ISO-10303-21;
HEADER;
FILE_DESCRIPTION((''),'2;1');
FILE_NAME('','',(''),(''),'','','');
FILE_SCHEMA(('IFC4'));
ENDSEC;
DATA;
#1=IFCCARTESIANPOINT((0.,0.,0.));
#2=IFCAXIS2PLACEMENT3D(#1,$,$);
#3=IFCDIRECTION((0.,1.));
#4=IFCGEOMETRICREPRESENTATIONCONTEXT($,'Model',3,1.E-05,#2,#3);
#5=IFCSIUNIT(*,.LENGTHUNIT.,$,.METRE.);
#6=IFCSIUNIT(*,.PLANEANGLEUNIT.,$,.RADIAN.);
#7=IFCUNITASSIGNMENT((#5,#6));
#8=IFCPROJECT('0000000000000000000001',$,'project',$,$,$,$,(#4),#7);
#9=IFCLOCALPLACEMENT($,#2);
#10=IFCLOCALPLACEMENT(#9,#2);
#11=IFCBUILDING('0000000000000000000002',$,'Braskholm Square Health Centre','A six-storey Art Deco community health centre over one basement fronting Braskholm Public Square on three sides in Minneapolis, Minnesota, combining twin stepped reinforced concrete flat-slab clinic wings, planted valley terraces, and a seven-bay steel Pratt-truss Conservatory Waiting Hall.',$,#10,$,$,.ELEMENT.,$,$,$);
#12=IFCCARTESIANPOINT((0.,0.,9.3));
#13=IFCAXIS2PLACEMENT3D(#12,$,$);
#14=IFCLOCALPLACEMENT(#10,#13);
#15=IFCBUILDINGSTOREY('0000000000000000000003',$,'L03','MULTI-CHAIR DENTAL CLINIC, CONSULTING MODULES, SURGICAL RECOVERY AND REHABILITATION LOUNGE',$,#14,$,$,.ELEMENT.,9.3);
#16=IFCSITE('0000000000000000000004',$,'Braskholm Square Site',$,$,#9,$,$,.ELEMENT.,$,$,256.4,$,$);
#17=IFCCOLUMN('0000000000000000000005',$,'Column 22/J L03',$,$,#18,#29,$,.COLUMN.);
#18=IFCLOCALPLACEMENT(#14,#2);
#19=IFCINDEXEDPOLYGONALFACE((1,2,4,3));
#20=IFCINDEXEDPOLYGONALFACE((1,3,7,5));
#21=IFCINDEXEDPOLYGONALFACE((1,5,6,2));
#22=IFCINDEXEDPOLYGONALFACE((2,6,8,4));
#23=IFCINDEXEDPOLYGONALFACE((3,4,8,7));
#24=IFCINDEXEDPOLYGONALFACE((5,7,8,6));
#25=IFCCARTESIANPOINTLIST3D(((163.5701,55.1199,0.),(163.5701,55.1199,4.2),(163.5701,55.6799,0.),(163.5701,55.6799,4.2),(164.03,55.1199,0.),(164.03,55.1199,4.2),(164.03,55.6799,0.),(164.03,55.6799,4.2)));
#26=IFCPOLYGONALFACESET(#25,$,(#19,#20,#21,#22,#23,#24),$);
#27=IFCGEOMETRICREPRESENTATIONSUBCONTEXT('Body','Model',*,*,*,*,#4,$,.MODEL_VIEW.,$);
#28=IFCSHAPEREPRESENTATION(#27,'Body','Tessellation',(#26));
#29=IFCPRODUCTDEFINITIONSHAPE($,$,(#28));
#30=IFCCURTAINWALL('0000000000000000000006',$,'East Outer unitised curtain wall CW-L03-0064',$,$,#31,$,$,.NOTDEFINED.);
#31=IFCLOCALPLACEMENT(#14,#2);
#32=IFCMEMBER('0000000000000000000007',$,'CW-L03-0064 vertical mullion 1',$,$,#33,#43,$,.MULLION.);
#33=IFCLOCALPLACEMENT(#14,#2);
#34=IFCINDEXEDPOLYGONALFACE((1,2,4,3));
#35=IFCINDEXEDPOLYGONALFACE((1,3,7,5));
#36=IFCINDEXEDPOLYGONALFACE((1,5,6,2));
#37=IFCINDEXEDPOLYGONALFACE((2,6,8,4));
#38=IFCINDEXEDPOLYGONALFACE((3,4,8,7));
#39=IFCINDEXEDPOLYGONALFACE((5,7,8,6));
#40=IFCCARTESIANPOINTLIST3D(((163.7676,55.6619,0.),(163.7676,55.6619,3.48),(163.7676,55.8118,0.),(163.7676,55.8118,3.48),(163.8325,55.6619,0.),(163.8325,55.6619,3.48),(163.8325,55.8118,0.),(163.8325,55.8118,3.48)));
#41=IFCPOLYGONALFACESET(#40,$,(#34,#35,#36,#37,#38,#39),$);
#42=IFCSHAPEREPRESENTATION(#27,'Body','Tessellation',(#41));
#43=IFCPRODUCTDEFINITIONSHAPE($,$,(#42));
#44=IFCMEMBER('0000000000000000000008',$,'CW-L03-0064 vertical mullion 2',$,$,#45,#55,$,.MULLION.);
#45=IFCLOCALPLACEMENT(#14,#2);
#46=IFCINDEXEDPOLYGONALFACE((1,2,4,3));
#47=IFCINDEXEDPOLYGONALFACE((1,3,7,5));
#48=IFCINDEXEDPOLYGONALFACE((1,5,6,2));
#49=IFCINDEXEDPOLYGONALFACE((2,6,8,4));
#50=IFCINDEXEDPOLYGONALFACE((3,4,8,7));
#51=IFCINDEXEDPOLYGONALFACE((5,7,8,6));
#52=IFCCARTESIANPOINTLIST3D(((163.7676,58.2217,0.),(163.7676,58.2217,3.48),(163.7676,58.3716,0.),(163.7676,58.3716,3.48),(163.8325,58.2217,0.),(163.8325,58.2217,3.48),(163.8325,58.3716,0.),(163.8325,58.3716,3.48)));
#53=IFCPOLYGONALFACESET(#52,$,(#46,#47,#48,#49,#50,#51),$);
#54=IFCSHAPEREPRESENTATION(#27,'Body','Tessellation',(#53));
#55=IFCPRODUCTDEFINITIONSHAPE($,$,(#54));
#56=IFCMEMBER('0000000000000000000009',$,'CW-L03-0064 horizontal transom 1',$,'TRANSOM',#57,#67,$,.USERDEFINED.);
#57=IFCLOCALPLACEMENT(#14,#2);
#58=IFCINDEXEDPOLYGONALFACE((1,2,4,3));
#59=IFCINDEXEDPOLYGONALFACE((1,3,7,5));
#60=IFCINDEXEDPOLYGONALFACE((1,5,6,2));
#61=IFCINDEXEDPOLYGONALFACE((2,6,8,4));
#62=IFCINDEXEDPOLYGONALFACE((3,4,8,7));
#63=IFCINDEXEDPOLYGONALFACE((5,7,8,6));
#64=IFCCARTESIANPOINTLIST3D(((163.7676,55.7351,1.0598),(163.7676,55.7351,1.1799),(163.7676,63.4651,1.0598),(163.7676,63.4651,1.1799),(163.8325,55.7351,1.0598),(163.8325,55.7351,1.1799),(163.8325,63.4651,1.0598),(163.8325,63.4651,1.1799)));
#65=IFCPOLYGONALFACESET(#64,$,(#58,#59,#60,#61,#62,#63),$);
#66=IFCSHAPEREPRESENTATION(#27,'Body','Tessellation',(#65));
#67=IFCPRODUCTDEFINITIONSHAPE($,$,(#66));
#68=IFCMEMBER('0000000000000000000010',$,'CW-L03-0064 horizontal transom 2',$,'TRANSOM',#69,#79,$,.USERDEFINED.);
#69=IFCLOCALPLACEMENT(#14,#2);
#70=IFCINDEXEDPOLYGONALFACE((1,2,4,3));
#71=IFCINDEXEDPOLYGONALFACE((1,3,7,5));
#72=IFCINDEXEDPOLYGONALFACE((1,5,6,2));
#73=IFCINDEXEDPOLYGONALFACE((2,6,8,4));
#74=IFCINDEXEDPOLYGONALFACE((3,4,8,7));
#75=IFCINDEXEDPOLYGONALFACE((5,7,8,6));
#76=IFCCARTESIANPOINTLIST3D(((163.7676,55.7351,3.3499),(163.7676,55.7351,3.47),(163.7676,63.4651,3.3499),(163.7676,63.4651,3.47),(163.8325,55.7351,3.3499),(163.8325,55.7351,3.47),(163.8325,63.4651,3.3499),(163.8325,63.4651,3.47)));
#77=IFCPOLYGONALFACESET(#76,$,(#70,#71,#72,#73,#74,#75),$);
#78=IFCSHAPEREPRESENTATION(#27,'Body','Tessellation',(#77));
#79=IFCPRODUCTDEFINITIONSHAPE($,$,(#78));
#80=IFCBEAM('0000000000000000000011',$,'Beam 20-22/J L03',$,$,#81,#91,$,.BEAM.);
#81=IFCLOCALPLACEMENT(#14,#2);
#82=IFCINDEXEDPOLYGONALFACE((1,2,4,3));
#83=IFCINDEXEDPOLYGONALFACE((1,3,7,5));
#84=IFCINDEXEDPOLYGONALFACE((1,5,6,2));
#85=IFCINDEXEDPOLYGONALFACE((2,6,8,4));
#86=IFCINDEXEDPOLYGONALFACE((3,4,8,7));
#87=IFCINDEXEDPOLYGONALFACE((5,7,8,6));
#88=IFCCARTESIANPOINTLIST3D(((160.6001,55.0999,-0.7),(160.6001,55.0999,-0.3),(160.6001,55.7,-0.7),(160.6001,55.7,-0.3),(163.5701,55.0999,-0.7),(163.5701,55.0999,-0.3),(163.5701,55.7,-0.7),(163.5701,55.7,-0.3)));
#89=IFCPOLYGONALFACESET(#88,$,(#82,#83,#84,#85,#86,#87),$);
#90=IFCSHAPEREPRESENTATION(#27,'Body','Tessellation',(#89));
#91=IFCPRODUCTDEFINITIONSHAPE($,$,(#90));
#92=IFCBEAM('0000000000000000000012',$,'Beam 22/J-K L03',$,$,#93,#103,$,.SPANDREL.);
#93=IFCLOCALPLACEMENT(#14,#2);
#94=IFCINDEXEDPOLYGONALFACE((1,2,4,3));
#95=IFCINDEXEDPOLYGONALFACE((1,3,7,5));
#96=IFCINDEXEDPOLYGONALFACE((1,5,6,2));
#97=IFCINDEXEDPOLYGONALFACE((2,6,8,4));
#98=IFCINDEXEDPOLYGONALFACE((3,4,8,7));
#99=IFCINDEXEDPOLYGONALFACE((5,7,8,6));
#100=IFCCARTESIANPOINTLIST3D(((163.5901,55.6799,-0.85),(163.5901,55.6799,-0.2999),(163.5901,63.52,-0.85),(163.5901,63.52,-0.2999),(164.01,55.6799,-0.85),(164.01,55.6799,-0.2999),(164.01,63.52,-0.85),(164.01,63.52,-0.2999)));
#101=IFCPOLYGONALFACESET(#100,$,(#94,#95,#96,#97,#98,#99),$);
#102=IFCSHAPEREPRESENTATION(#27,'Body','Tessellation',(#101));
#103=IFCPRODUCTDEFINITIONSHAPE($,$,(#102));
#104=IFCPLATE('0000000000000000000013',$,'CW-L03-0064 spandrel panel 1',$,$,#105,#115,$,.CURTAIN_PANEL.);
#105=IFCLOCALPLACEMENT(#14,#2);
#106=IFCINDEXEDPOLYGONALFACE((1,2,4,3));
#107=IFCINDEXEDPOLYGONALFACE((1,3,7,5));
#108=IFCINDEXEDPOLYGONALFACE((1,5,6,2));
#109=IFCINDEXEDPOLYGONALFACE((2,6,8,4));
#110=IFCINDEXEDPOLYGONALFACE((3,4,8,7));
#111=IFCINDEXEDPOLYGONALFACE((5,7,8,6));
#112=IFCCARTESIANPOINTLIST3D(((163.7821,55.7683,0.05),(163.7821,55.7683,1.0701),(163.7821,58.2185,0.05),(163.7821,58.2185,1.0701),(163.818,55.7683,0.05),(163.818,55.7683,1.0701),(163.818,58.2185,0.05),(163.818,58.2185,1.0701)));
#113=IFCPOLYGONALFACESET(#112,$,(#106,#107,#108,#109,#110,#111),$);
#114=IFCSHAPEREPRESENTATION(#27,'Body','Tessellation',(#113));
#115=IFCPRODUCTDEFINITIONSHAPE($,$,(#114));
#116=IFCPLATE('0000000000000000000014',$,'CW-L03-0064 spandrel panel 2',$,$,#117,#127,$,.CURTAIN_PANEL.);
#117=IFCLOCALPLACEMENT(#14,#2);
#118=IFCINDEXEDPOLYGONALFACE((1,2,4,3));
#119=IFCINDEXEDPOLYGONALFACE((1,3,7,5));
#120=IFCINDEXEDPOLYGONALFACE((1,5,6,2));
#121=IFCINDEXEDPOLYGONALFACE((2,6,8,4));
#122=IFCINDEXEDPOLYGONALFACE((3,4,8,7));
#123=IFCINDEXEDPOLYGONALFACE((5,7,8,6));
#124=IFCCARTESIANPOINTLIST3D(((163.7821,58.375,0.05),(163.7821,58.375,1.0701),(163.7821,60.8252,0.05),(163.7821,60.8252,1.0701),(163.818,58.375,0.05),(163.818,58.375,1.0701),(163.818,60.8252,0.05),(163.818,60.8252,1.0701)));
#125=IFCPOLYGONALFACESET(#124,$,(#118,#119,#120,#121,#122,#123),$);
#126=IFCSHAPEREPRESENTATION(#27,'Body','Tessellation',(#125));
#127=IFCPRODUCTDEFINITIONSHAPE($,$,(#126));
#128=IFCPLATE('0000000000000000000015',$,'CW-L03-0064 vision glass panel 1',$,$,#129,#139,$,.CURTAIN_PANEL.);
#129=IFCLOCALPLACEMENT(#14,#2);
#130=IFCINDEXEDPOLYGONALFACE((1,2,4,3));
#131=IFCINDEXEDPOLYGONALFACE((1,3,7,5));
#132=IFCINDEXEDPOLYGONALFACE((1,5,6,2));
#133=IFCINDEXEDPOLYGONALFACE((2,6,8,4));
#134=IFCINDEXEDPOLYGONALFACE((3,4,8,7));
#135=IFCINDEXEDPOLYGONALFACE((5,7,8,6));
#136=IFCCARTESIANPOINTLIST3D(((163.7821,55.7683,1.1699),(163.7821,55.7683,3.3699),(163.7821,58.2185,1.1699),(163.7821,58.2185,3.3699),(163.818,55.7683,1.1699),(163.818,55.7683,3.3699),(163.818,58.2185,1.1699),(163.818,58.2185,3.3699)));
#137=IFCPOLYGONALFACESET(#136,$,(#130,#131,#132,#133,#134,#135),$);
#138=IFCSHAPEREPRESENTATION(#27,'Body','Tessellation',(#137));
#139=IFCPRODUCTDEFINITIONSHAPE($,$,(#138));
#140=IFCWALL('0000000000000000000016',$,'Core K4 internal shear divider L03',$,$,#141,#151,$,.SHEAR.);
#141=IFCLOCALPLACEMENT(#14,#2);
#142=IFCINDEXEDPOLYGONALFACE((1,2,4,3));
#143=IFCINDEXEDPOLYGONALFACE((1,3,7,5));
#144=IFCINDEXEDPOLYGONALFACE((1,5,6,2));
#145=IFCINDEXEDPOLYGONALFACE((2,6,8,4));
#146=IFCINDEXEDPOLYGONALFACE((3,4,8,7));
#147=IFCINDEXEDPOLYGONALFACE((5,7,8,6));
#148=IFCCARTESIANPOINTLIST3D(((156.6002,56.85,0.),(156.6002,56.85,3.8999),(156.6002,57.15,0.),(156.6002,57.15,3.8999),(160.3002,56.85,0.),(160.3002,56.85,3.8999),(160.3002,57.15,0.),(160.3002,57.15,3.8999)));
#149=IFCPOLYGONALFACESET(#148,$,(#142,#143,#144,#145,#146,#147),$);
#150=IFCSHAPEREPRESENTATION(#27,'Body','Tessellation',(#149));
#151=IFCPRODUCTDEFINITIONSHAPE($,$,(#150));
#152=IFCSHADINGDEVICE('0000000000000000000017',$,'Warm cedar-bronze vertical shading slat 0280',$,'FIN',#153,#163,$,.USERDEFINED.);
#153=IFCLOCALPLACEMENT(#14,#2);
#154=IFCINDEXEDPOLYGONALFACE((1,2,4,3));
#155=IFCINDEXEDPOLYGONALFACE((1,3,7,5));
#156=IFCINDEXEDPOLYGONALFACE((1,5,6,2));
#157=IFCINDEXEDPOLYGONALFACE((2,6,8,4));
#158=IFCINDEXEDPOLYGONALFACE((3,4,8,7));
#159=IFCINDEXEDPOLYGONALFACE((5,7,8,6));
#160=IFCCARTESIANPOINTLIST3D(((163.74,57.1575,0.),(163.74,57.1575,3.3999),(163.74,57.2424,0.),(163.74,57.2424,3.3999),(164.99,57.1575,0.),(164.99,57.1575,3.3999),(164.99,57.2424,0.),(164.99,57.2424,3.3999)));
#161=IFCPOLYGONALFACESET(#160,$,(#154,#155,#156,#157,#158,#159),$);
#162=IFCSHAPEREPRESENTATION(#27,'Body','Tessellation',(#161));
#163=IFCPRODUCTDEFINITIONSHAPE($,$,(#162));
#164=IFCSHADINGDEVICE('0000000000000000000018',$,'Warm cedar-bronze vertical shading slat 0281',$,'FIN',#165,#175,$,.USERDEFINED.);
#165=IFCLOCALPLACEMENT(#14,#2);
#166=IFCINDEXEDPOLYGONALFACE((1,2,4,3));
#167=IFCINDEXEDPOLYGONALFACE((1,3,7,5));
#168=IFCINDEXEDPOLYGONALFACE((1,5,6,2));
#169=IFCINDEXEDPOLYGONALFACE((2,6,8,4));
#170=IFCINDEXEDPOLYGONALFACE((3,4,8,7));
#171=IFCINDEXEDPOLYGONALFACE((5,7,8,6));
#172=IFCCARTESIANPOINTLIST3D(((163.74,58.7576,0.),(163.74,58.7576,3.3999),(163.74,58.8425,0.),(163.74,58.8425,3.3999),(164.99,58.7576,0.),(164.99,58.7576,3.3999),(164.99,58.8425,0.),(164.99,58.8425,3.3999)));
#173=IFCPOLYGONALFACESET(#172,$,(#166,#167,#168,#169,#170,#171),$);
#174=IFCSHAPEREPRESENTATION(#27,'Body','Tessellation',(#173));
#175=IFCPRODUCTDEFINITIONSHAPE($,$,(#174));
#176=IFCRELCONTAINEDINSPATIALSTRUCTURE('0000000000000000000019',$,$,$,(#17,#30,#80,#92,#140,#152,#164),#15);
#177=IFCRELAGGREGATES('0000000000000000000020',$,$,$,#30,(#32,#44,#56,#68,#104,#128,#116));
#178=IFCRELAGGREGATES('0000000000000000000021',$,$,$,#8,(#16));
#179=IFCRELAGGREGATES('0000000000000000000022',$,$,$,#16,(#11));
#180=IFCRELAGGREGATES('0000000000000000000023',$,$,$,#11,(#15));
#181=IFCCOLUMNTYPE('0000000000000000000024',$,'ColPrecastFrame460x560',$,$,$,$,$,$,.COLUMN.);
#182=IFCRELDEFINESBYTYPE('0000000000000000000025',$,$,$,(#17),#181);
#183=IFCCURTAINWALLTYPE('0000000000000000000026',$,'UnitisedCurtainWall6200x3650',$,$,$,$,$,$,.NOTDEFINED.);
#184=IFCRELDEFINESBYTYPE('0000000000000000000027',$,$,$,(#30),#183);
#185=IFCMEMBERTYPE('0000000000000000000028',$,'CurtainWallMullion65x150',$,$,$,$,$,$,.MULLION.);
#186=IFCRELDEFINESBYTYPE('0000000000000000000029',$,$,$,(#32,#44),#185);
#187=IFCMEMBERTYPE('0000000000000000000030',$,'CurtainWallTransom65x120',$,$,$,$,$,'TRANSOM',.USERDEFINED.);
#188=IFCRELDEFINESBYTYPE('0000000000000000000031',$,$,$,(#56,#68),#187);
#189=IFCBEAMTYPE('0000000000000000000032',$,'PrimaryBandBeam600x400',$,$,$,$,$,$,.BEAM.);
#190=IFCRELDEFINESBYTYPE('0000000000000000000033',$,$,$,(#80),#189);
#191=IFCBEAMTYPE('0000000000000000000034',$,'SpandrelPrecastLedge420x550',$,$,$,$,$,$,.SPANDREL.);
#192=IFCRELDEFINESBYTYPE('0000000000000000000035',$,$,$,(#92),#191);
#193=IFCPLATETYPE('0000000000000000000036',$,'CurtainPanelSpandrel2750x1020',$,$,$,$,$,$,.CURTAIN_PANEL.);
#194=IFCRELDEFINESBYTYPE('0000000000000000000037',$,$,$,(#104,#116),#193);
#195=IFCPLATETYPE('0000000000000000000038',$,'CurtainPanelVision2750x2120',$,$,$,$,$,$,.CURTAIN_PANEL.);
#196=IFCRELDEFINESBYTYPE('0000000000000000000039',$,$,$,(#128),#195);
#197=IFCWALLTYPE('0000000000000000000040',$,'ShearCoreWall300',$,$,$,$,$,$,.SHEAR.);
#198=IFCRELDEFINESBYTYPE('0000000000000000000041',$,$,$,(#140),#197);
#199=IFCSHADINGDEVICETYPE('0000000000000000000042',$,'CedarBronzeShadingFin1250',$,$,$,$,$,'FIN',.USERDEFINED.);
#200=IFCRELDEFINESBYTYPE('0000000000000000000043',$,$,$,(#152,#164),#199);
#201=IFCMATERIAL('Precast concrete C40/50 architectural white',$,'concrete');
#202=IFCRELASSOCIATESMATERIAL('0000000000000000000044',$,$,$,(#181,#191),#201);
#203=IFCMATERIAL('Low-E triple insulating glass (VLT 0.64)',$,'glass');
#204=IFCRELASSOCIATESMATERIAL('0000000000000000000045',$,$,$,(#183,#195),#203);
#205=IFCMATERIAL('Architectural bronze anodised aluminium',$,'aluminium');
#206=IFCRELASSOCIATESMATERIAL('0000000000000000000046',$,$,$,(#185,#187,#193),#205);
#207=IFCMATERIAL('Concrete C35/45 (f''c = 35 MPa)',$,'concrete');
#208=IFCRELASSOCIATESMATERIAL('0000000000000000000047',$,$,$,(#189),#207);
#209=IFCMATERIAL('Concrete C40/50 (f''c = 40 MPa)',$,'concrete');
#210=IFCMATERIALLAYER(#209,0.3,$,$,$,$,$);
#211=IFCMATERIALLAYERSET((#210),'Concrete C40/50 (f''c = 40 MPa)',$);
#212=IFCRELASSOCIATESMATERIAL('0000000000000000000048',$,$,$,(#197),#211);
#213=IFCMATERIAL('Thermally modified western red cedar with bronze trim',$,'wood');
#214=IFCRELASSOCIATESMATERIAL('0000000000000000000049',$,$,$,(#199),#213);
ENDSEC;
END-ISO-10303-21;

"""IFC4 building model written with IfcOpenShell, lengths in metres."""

from ifc_helpers import new_model, si_unit, direction, frame, frame_2d, origin, origin_2d, place, context, subcontext, project, spatial, rectangle, extrude, material, layer, layer_set, material_profile, profile_set, type_object, element, aggregate, save


model = new_model("IFC4")

# Units and contexts
model_context = context("Model", 3, precision=1e-05, world=origin(), true_north=direction((0.0, 1.0)))
body_context = subcontext(model_context, "Body", "Model", "MODEL_VIEW")
ifc_project = project(units=[si_unit("LENGTHUNIT", "METRE"), si_unit("PLANEANGLEUNIT", "RADIAN")], contexts=[model_context])

# Site, building, storey
site_placement = place(None, origin())
site = spatial("IfcSite", under=ifc_project, at=site_placement, Name="Braskholm Square Site", CompositionType="ELEMENT", RefElevation=256.4)
building_placement = place(site_placement, origin())
building = spatial("IfcBuilding", under=site, at=building_placement, Name="Braskholm Square Health Centre", Description="A six-storey Art Deco community health centre over one basement fronting Braskholm Public Square on three sides in Minneapolis, Minnesota, combining twin stepped reinforced concrete flat-slab clinic wings, planted valley terraces, and a seven-bay steel Pratt-truss Conservatory Waiting Hall.", CompositionType="ELEMENT")
storey_placement = place(building_placement, frame((0.0, 0.0, 9.3)))
storey = spatial("IfcBuildingStorey", under=building, at=storey_placement, Name="L03", Description="MULTI-CHAIR DENTAL CLINIC, CONSULTING MODULES, SURGICAL RECOVERY AND REHABILITATION LOUNGE", CompositionType="ELEMENT", Elevation=9.3)

# Column
ifc_material_1 = material(Name="Precast concrete C40/50 architectural white", Category="concrete")
ifc_material_profile_1 = material_profile(ifc_material_1, rectangle(XDim=0.46, YDim=0.5601, at=origin_2d()), Name="RC-460X560")
ifc_profile_set_1 = profile_set([ifc_material_profile_1], Name="Precast concrete C40/50 architectural white")
column_type = type_object("IfcColumnType", Name="ColPrecastFrame460x560", PredefinedType="COLUMN", material=ifc_profile_set_1)
column_placement = place(storey_placement, frame((163.8, 55.3999, 0.0), z_axis=(0.0, 0.0, 1.0), x_axis=(1.0, 0.0, 0.0)))
element("IfcColumn", 1, at=column_placement, inside=storey, type_object=column_type, Name="Column 22/J L03", PredefinedType="COLUMN", context=body_context, shape_type="SweptSolid", body=[
    extrude(rectangle(XDim=0.46, YDim=0.5601, at=origin_2d()), origin(), (0.0, 0.0, 1.0), 4.2),
])

# Curtain wall, members
ifc_material_2 = material(Name="Low-E triple insulating glass (VLT 0.64)", Category="glass")
curtain_wall_type = type_object("IfcCurtainWallType", Name="UnitisedCurtainWall6200x3650", PredefinedType="NOTDEFINED", material=ifc_material_2)
curtain_wall_placement = place(storey_placement, origin())
curtain_wall = element("IfcCurtainWall", 2, at=curtain_wall_placement, inside=storey, type_object=curtain_wall_type, Name="East Outer unitised curtain wall CW-L03-0064", PredefinedType="NOTDEFINED")
ifc_material_3 = material(Name="Architectural bronze anodised aluminium", Category="aluminium")
ifc_material_profile_2 = material_profile(ifc_material_3, rectangle(XDim=0.0649, YDim=0.1499, at=origin_2d()), Name="ALU-65X150")
ifc_profile_set_2 = profile_set([ifc_material_profile_2], Name="Architectural bronze anodised aluminium")
member_type_1 = type_object("IfcMemberType", Name="CurtainWallMullion65x150", PredefinedType="MULLION", material=ifc_profile_set_2)
member_1_placement = place(storey_placement, frame((163.8, 55.7368, 0.0), z_axis=(0.0, 0.0, 1.0), x_axis=(1.0, 0.0, 0.0)))
member_1 = element("IfcMember", 3, at=member_1_placement, type_object=member_type_1, Name="CW-L03-0064 vertical mullion 1", PredefinedType="MULLION", context=body_context, shape_type="SweptSolid", body=[
    extrude(rectangle(XDim=0.0649, YDim=0.1499, at=origin_2d()), origin(), (0.0, 0.0, 1.0), 3.48),
])
member_2_placement = place(storey_placement, frame((163.8, 58.2966, 0.0), z_axis=(0.0, 0.0, 1.0), x_axis=(1.0, 0.0, 0.0)))
member_2 = element("IfcMember", 4, at=member_2_placement, type_object=member_type_1, Name="CW-L03-0064 vertical mullion 2", PredefinedType="MULLION", context=body_context, shape_type="SweptSolid", body=[
    extrude(rectangle(XDim=0.0649, YDim=0.1499, at=origin_2d()), origin(), (0.0, 0.0, 1.0), 3.48),
])
ifc_material_profile_3 = material_profile(ifc_material_3, rectangle(XDim=0.0649, YDim=0.1201, at=origin_2d()), Name="ALU-65X120")
ifc_profile_set_3 = profile_set([ifc_material_profile_3], Name="Architectural bronze anodised aluminium")
member_type_2 = type_object("IfcMemberType", Name="CurtainWallTransom65x120", ElementType="TRANSOM", PredefinedType="USERDEFINED", material=ifc_profile_set_3)
member_3_placement = place(storey_placement, frame((163.8, 55.7351, 1.1199), z_axis=(0.0, 1.0, 0.0), x_axis=(-1.0, 0.0, 0.0)))
member_3 = element("IfcMember", 5, at=member_3_placement, type_object=member_type_2, Name="CW-L03-0064 horizontal transom 1", ObjectType="TRANSOM", PredefinedType="USERDEFINED", context=body_context, shape_type="SweptSolid", body=[
    extrude(rectangle(XDim=0.0649, YDim=0.1201, at=origin_2d()), origin(), (0.0, 0.0, 1.0), 7.73),
])
member_4_placement = place(storey_placement, frame((163.8, 55.7351, 3.4099), z_axis=(0.0, 1.0, 0.0), x_axis=(-1.0, 0.0, 0.0)))
member_4 = element("IfcMember", 6, at=member_4_placement, type_object=member_type_2, Name="CW-L03-0064 horizontal transom 2", ObjectType="TRANSOM", PredefinedType="USERDEFINED", context=body_context, shape_type="SweptSolid", body=[
    extrude(rectangle(XDim=0.0649, YDim=0.1201, at=origin_2d()), origin(), (0.0, 0.0, 1.0), 7.73),
])

# Beams
ifc_material_4 = material(Name="Concrete C35/45 (f'c = 35 MPa)", Category="concrete")
ifc_material_profile_4 = material_profile(ifc_material_4, rectangle(XDim=0.6001, YDim=0.3999, at=origin_2d()), Name="RCB-600X400")
ifc_profile_set_4 = profile_set([ifc_material_profile_4], Name="Concrete C35/45 (f'c = 35 MPa)")
beam_type_1 = type_object("IfcBeamType", Name="PrimaryBandBeam600x400", PredefinedType="BEAM", material=ifc_profile_set_4)
beam_1_placement = place(storey_placement, frame((160.6001, 55.3999, -0.5), z_axis=(1.0, 0.0, 0.0), x_axis=(0.0, 1.0, 0.0)))
element("IfcBeam", 7, at=beam_1_placement, inside=storey, type_object=beam_type_1, Name="Beam 20-22/J L03", PredefinedType="BEAM", context=body_context, shape_type="SweptSolid", body=[
    extrude(rectangle(XDim=0.6001, YDim=0.3999, at=origin_2d()), origin(), (0.0, 0.0, 1.0), 2.97),
])
ifc_material_profile_5 = material_profile(ifc_material_1, rectangle(XDim=0.4199, YDim=0.55, at=origin_2d()), Name="RCB-420X550")
ifc_profile_set_5 = profile_set([ifc_material_profile_5], Name="Precast concrete C40/50 architectural white")
beam_type_2 = type_object("IfcBeamType", Name="SpandrelPrecastLedge420x550", PredefinedType="SPANDREL", material=ifc_profile_set_5)
beam_2_placement = place(storey_placement, frame((163.8, 55.6799, -0.575), z_axis=(0.0, 1.0, 0.0), x_axis=(-1.0, 0.0, 0.0)))
element("IfcBeam", 8, at=beam_2_placement, inside=storey, type_object=beam_type_2, Name="Beam 22/J-K L03", PredefinedType="SPANDREL", context=body_context, shape_type="SweptSolid", body=[
    extrude(rectangle(XDim=0.4199, YDim=0.55, at=origin_2d()), origin(), (0.0, 0.0, 1.0), 7.8401),
])

# Plates
plate_type_1 = type_object("IfcPlateType", Name="CurtainPanelSpandrel2750x1020", PredefinedType="CURTAIN_PANEL", material=ifc_material_3)
plate_1_placement = place(storey_placement, frame((163.8, 56.9934, 0.05), z_axis=(0.0, 0.0, 1.0), x_axis=(0.0, 1.0, 0.0)))
plate_1 = element("IfcPlate", 9, at=plate_1_placement, type_object=plate_type_1, Name="CW-L03-0064 spandrel panel 1", PredefinedType="CURTAIN_PANEL", context=body_context, shape_type="SweptSolid", body=[
    extrude(rectangle(XDim=2.4502, YDim=0.0359, at=origin_2d()), origin(), (0.0, 0.0, 1.0), 1.02),
])
plate_2_placement = place(storey_placement, frame((163.8, 59.6001, 0.05), z_axis=(0.0, 0.0, 1.0), x_axis=(0.0, 1.0, 0.0)))
plate_2 = element("IfcPlate", 10, at=plate_2_placement, type_object=plate_type_1, Name="CW-L03-0064 spandrel panel 2", PredefinedType="CURTAIN_PANEL", context=body_context, shape_type="SweptSolid", body=[
    extrude(rectangle(XDim=2.4502, YDim=0.0359, at=origin_2d()), origin(), (0.0, 0.0, 1.0), 1.02),
])
plate_type_2 = type_object("IfcPlateType", Name="CurtainPanelVision2750x2120", PredefinedType="CURTAIN_PANEL", material=ifc_material_2)
plate_3_placement = place(storey_placement, frame((163.8, 56.9934, 1.1699), z_axis=(0.0, 0.0, 1.0), x_axis=(0.0, 1.0, 0.0)))
plate_3 = element("IfcPlate", 11, at=plate_3_placement, type_object=plate_type_2, Name="CW-L03-0064 vision glass panel 1", PredefinedType="CURTAIN_PANEL", context=body_context, shape_type="SweptSolid", body=[
    extrude(rectangle(XDim=2.4502, YDim=0.0359, at=origin_2d()), origin(), (0.0, 0.0, 1.0), 2.2),
])
aggregate(curtain_wall, [member_1, member_2, member_3, member_4, plate_1, plate_3, plate_2])

# Wall
ifc_material_5 = material(Name="Concrete C40/50 (f'c = 40 MPa)", Category="concrete")
ifc_layer_1 = layer(ifc_material_5, 0.3)
ifc_layer_set_1 = layer_set([ifc_layer_1], Name="Concrete C40/50 (f'c = 40 MPa)")
wall_type = type_object("IfcWallType", Name="ShearCoreWall300", PredefinedType="SHEAR", material=ifc_layer_set_1)
wall_placement = place(storey_placement, frame((156.6001, 57.0, 0.0), z_axis=(0.0, 0.0, 1.0), x_axis=(1.0, 0.0, 0.0)))
element("IfcWall", 12, at=wall_placement, inside=storey, type_object=wall_type, Name="Core K4 internal shear divider L03", PredefinedType="SHEAR", context=body_context, shape_type="SweptSolid", body=[
    extrude(rectangle(XDim=3.7, YDim=0.3, at=frame_2d((1.8501, 0.0))), origin(), (0.0, 0.0, 1.0), 3.8999),
])

# Shading devices
ifc_material_6 = material(Name="Thermally modified western red cedar with bronze trim", Category="wood")
shading_device_type = type_object("IfcShadingDeviceType", Name="CedarBronzeShadingFin1250", ElementType="FIN", PredefinedType="USERDEFINED", material=ifc_material_6)
for number, where, z_axis, x_axis, name in (
    (13, (164.365, 57.2, 0.0), (0.0, 0.0, 1.0), (1.0, 0.0, 0.0), "Warm cedar-bronze vertical shading slat 0280"),
    (14, (164.365, 58.8, 0.0), (0.0, 0.0, 1.0), (1.0, 0.0, 0.0), "Warm cedar-bronze vertical shading slat 0281"),
):
    element("IfcShadingDevice", number, at=place(storey_placement, frame(where, z_axis=z_axis, x_axis=x_axis)), inside=storey, type_object=shading_device_type, Name=name, ObjectType="FIN", PredefinedType="USERDEFINED", context=body_context, shape_type="SweptSolid", body=[
        extrude(rectangle(XDim=1.25, YDim=0.085, at=origin_2d()), origin(), (0.0, 0.0, 1.0), 3.3999),
    ])

save(model, "model.ifc")
